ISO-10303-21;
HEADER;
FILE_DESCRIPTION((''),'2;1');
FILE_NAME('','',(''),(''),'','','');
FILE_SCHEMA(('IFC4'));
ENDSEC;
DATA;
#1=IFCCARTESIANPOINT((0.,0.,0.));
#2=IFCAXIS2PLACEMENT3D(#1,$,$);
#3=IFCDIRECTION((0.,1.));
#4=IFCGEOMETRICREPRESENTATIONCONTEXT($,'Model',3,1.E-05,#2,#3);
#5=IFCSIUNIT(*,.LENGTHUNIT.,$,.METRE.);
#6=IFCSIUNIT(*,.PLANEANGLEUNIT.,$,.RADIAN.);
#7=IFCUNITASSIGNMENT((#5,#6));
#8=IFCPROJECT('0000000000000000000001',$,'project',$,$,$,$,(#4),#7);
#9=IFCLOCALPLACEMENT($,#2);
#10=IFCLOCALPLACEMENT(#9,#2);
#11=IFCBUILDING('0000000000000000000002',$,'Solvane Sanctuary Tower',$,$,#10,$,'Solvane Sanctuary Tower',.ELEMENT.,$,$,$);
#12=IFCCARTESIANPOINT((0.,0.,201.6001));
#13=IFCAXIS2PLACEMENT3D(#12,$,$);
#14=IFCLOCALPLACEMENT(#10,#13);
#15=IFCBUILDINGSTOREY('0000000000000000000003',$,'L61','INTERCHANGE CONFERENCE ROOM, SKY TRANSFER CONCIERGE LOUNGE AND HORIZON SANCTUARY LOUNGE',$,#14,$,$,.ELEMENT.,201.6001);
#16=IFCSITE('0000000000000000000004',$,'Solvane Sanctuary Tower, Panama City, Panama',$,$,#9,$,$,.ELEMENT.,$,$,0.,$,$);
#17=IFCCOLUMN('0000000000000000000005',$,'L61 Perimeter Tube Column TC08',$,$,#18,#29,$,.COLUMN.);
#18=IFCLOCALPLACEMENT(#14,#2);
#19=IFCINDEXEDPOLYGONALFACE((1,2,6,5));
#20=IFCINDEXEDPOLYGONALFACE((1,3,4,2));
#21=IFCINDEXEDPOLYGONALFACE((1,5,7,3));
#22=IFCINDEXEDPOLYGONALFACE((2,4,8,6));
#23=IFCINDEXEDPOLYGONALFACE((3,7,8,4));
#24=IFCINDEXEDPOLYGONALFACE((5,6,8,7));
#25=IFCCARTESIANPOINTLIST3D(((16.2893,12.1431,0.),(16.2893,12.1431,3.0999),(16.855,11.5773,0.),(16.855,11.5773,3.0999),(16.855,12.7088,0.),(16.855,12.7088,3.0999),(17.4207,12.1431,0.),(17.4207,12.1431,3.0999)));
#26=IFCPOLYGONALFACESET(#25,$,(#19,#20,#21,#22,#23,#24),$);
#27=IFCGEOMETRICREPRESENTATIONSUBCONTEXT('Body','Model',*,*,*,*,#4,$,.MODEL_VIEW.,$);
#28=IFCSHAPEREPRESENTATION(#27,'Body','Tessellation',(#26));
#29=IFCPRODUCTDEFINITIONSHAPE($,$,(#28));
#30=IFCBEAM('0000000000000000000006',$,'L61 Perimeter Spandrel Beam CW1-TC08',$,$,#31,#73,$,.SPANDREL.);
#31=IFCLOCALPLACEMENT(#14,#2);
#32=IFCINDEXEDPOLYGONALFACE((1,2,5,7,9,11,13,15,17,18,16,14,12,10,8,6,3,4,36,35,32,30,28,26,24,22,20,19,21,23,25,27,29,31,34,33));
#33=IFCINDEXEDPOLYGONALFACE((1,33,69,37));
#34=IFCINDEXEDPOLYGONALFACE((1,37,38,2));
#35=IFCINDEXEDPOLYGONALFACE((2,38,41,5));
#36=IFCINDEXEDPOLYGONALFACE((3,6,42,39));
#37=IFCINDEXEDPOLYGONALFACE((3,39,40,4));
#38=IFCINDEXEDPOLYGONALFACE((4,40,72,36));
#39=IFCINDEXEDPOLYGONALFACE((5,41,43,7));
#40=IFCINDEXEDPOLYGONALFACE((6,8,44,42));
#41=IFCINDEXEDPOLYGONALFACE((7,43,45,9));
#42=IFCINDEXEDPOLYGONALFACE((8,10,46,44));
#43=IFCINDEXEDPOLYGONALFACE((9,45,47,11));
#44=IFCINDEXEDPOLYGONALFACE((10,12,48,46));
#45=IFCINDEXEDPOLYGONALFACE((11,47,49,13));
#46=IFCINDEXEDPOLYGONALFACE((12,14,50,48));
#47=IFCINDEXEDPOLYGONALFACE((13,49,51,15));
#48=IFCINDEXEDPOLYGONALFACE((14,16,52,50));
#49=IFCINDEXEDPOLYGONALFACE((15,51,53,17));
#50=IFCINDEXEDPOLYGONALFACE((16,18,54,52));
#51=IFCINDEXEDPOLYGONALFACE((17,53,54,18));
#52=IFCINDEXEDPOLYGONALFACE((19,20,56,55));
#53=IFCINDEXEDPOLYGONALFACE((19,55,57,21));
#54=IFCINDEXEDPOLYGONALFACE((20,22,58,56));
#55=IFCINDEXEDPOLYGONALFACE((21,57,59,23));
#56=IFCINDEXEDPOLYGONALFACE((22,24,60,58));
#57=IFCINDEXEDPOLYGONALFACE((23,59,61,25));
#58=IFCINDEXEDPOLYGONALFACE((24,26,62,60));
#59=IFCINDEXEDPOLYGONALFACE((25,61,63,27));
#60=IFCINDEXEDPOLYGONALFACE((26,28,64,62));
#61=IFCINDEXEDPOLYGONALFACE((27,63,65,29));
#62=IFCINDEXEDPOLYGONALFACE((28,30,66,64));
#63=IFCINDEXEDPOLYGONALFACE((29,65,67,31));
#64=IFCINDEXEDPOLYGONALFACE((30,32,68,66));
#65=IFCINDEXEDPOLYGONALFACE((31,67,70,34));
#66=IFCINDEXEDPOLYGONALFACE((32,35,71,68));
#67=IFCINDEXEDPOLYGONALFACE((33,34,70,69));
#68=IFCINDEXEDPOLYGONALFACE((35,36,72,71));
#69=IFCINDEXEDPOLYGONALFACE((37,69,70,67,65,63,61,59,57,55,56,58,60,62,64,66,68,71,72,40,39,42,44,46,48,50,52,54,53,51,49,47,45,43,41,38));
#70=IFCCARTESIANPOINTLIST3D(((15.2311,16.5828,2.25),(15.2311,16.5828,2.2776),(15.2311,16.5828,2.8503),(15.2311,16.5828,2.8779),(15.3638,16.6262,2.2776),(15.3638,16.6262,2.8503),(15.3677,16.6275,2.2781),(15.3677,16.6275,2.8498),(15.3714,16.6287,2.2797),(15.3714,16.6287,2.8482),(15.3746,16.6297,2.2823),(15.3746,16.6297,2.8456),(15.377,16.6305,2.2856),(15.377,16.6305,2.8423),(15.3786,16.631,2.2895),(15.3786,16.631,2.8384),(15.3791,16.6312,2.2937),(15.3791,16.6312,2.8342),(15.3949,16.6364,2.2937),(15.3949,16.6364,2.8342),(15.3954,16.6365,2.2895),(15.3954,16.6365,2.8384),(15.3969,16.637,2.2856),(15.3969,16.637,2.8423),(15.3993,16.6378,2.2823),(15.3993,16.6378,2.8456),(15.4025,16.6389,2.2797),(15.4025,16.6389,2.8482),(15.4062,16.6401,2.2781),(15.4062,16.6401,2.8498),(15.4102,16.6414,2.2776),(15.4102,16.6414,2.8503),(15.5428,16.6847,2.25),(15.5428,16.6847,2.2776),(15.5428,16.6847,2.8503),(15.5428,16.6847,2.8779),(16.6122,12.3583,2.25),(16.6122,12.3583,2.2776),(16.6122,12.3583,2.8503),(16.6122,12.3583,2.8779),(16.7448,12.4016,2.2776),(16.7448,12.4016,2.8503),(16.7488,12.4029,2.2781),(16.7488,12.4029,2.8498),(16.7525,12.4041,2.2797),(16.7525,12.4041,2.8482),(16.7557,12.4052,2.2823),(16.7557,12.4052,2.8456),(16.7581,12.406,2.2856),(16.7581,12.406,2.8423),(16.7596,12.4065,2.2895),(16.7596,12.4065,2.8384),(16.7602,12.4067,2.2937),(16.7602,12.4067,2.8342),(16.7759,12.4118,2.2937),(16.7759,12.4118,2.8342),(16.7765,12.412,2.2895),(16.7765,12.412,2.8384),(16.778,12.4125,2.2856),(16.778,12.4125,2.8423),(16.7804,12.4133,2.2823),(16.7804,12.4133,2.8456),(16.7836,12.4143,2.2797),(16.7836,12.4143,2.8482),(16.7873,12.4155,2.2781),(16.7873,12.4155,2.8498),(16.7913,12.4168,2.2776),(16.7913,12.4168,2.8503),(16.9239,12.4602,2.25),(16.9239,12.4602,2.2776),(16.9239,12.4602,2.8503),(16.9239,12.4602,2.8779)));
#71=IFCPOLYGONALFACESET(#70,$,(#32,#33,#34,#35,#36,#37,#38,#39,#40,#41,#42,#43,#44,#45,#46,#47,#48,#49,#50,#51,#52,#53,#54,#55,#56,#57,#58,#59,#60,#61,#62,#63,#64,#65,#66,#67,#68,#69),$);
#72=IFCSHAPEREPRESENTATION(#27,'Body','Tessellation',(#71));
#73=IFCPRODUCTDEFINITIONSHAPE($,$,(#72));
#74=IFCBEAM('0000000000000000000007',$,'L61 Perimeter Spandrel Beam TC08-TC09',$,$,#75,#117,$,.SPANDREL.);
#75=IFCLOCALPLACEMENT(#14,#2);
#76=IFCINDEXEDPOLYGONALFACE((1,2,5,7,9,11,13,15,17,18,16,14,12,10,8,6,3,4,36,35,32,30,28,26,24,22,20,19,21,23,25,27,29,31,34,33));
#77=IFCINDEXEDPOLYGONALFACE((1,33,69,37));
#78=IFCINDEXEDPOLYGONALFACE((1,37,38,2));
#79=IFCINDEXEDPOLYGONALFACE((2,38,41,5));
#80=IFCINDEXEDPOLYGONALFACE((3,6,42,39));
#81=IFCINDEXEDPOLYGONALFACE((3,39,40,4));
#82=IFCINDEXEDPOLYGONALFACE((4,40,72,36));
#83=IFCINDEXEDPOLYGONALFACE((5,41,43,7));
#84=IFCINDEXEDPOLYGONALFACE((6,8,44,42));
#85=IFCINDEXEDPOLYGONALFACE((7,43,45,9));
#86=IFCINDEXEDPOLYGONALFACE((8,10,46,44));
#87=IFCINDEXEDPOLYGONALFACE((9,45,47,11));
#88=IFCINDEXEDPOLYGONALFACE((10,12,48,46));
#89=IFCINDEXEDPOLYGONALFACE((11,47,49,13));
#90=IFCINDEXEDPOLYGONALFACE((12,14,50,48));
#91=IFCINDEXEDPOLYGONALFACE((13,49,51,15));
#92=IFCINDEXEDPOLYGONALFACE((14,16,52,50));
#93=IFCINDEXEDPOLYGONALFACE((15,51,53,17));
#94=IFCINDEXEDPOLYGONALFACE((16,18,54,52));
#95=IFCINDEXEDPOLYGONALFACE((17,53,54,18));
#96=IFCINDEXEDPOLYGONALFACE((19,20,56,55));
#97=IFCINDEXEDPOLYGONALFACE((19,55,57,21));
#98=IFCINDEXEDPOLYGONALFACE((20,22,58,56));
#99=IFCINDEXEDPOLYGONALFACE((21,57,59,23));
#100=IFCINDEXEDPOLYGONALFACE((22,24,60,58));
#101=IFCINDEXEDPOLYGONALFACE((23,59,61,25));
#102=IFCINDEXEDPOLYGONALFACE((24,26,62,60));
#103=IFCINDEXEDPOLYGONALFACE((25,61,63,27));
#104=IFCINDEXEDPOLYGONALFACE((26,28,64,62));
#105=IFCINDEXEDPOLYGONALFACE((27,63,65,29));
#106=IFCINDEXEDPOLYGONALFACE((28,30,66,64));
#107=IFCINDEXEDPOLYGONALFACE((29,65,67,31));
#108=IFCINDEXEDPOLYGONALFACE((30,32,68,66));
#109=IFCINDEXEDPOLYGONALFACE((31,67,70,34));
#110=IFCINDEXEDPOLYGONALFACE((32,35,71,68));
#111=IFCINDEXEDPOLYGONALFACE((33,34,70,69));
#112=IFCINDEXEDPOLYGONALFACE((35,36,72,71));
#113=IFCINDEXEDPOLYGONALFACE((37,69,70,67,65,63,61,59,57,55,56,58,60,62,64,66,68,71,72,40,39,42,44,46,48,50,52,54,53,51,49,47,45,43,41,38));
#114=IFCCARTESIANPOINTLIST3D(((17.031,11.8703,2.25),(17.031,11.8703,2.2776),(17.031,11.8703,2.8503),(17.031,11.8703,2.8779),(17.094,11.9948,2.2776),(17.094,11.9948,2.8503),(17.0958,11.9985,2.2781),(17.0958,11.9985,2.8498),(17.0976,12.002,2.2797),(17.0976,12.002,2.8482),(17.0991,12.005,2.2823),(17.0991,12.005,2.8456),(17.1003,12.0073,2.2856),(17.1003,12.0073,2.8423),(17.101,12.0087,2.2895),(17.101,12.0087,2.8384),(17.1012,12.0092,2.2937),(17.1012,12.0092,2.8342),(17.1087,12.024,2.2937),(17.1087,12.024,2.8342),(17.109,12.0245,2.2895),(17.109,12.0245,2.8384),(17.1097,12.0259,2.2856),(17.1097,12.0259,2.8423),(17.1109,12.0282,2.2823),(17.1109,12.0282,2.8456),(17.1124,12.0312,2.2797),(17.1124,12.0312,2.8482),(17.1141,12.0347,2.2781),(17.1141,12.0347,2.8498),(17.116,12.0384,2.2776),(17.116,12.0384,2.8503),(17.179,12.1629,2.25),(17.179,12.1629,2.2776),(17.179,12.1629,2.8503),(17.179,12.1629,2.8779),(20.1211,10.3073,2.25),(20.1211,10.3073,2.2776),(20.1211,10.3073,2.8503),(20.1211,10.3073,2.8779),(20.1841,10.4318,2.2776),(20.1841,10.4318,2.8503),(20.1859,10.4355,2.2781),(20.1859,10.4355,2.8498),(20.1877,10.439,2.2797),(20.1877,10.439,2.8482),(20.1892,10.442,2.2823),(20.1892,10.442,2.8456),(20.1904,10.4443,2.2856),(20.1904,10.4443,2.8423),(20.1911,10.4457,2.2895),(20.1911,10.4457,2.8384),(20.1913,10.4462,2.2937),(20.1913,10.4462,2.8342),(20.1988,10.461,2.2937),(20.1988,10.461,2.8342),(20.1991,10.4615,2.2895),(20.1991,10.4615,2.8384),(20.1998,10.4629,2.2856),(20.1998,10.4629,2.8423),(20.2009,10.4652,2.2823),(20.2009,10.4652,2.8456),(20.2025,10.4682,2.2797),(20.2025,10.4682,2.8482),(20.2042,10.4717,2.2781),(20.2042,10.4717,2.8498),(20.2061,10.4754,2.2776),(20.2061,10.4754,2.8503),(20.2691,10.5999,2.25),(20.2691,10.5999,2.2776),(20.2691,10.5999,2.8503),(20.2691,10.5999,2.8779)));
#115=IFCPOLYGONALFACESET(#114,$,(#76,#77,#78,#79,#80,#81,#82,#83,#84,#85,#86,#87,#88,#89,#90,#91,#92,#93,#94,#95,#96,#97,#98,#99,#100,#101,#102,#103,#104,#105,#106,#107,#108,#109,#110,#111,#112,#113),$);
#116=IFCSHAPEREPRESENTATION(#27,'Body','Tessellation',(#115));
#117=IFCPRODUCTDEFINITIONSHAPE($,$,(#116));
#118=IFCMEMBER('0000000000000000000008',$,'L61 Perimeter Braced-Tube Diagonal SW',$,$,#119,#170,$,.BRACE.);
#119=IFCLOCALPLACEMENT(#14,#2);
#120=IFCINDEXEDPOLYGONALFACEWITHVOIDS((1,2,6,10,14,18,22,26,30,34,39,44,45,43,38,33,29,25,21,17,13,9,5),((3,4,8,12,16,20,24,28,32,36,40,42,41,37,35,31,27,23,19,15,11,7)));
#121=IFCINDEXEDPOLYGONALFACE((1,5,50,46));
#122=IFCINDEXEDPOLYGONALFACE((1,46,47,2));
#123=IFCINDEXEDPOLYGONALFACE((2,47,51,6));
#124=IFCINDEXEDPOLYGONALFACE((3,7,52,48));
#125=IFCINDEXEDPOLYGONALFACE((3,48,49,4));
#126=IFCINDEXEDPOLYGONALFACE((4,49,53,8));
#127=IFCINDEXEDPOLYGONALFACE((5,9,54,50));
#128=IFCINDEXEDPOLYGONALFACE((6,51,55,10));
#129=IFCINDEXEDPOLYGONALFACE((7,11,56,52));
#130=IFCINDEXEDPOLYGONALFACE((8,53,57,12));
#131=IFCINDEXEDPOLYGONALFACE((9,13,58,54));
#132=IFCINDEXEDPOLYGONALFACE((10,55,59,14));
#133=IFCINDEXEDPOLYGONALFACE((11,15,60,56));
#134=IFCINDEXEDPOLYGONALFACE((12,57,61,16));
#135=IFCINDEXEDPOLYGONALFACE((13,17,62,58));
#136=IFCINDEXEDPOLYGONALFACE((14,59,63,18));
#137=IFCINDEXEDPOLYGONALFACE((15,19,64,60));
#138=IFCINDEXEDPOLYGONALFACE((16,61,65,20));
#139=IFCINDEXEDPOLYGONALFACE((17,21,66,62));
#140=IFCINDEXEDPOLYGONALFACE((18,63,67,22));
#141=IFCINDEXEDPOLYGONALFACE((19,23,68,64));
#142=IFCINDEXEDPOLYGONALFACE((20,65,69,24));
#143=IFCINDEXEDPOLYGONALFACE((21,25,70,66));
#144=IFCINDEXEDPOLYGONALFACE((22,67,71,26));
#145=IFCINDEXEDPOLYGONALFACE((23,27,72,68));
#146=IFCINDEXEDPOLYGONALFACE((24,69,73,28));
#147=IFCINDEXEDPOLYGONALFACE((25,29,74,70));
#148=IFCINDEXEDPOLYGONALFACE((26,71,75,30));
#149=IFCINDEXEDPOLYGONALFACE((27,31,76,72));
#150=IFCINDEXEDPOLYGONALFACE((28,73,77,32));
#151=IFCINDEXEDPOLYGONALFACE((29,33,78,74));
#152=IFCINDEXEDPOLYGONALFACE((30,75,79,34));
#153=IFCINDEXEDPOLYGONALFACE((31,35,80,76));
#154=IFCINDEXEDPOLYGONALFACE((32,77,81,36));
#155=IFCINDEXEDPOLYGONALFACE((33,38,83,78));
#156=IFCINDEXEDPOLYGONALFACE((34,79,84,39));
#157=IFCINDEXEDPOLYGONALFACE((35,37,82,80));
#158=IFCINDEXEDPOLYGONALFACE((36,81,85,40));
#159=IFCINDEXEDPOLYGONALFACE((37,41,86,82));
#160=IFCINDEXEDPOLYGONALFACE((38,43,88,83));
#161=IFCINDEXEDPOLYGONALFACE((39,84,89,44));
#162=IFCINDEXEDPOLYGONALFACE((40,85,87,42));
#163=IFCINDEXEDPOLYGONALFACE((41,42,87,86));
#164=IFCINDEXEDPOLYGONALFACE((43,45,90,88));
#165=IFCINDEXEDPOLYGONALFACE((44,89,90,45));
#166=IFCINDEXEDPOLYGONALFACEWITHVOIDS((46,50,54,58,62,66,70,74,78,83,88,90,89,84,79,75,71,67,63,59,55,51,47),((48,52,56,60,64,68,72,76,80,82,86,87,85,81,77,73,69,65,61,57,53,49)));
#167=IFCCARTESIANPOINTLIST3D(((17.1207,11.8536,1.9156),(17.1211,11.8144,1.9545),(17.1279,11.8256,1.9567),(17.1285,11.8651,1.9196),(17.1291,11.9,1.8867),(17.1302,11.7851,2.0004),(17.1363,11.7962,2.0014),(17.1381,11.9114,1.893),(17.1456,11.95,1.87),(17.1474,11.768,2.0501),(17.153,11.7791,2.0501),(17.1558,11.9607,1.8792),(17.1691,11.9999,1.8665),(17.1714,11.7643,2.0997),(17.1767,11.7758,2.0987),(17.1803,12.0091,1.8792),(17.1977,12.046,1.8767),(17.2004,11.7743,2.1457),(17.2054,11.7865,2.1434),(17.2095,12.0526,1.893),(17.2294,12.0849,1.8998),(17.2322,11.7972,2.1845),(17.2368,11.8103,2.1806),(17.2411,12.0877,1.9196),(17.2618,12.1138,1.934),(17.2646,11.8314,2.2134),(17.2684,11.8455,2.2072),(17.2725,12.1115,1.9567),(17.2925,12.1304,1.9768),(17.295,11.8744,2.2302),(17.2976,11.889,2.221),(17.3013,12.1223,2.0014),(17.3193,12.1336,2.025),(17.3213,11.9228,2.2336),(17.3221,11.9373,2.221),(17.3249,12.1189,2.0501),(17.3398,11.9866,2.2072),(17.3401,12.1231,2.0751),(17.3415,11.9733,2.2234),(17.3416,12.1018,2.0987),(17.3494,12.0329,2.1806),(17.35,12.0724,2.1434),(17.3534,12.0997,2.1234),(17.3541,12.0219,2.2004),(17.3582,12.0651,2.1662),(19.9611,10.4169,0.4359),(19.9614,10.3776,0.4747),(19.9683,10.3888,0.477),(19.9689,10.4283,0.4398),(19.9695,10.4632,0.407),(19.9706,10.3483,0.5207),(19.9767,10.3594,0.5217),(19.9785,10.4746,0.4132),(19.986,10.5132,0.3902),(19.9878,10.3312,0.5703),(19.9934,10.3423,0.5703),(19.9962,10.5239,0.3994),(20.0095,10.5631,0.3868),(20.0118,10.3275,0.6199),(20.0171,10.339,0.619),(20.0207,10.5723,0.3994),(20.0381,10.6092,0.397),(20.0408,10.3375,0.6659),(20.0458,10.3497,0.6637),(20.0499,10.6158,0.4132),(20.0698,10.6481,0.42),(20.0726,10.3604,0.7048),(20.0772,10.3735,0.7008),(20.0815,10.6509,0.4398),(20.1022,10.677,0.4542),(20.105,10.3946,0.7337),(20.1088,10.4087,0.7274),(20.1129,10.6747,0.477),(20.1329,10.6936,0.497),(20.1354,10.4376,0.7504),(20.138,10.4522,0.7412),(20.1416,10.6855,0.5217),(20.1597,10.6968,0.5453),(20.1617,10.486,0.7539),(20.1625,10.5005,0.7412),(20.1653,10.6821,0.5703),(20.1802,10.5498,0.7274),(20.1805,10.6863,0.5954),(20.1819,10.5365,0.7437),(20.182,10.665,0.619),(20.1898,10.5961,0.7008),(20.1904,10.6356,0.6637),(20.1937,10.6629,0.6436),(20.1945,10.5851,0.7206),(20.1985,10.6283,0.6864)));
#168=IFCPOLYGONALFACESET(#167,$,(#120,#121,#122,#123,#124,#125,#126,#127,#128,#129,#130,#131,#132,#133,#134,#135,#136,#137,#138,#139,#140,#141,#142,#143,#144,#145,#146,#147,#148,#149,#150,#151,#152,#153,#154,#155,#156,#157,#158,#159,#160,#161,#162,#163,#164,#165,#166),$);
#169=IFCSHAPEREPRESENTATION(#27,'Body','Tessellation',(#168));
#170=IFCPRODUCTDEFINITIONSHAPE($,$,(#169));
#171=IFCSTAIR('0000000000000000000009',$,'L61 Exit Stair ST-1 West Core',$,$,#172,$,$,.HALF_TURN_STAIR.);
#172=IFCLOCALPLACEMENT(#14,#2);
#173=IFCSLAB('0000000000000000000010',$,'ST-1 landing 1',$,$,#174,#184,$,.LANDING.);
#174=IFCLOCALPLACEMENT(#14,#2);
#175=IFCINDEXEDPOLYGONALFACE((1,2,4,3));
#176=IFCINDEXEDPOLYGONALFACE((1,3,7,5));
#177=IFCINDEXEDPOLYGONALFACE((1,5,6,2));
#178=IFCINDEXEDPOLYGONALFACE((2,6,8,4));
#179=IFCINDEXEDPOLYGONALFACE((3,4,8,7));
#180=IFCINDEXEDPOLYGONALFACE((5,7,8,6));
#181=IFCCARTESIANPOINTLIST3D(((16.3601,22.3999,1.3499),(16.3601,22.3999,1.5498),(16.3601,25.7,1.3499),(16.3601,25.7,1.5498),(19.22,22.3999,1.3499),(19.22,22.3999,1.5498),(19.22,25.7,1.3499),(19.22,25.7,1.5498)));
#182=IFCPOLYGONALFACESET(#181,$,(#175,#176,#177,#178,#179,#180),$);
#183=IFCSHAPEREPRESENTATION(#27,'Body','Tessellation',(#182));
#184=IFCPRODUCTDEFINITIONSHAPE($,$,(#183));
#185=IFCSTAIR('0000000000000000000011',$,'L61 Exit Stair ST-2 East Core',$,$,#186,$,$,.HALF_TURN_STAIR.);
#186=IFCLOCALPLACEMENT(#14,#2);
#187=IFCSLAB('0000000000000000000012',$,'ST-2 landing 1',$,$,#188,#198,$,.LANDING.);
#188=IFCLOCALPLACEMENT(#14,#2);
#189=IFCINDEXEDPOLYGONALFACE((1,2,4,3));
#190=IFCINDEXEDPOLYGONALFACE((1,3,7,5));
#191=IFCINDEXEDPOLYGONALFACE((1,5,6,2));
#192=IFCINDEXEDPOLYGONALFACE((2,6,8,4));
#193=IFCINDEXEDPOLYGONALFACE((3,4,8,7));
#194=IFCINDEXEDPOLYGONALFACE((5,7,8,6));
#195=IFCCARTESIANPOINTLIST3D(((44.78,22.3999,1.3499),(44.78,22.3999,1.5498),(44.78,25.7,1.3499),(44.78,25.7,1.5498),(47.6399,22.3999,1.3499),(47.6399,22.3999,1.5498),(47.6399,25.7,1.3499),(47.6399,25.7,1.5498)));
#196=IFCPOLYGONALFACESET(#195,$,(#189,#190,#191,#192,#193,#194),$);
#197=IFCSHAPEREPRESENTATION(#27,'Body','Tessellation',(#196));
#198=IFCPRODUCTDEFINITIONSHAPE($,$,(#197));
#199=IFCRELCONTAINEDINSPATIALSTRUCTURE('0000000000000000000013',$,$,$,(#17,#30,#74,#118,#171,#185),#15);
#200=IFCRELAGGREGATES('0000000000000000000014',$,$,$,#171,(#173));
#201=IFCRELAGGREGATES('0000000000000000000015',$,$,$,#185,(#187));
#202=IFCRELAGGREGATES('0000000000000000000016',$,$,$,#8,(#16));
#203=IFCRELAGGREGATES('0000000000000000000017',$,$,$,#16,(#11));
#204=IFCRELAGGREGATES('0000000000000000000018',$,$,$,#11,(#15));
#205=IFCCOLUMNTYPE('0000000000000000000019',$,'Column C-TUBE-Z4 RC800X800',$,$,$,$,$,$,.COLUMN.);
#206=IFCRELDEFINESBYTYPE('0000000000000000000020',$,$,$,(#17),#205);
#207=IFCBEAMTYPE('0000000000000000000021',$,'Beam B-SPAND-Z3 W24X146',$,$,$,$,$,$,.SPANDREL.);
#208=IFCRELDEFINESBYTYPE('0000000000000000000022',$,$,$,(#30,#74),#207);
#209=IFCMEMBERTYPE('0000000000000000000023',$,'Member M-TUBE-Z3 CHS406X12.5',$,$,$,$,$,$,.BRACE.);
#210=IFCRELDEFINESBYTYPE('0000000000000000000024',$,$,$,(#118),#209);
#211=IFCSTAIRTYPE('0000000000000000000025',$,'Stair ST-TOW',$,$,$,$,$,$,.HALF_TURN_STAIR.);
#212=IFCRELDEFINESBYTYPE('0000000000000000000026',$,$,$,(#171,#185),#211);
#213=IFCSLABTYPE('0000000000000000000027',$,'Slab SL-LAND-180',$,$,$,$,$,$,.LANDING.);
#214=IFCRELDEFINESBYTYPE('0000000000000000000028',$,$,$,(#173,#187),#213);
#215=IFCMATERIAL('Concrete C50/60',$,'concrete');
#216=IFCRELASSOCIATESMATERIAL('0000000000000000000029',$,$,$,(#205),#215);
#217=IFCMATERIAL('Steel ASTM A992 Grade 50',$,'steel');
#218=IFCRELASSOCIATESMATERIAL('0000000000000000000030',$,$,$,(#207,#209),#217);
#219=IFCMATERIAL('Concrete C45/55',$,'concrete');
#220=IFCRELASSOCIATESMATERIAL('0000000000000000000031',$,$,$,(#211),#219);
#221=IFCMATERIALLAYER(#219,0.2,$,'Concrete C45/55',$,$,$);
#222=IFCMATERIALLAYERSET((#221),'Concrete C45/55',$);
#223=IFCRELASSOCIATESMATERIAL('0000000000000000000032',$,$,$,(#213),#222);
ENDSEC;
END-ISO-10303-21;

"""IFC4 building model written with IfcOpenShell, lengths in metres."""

from ifc_helpers import new_model, si_unit, direction, frame, origin, origin_2d, place, context, subcontext, project, spatial, polyline, rectangle, hollow_circle, i_section, outline, extrude, material, layer, layer_set, material_profile, profile_set, type_object, element, aggregate, save


model = new_model("IFC4")

# Units and contexts
model_context = context("Model", 3, precision=1e-05, world=origin(), true_north=direction((0.0, 1.0)))
body_context = subcontext(model_context, "Body", "Model", "MODEL_VIEW")
ifc_project = project(units=[si_unit("LENGTHUNIT", "METRE"), si_unit("PLANEANGLEUNIT", "RADIAN")], contexts=[model_context])

# Site, building, storey
site_placement = place(None, origin())
site = spatial("IfcSite", under=ifc_project, at=site_placement, Name="Solvane Sanctuary Tower, Panama City, Panama", CompositionType="ELEMENT", RefElevation=0.0)
building_placement = place(site_placement, origin())
building = spatial("IfcBuilding", under=site, at=building_placement, Name="Solvane Sanctuary Tower", LongName="Solvane Sanctuary Tower", CompositionType="ELEMENT")
storey_placement = place(building_placement, frame((0.0, 0.0, 201.6001)))
storey = spatial("IfcBuildingStorey", under=building, at=storey_placement, Name="L61", Description="INTERCHANGE CONFERENCE ROOM, SKY TRANSFER CONCIERGE LOUNGE AND HORIZON SANCTUARY LOUNGE", CompositionType="ELEMENT", Elevation=201.6001)

# Column
ifc_material_1 = material(Name="Concrete C50/60", Category="concrete")
ifc_material_profile_1 = material_profile(ifc_material_1, rectangle(XDim=0.8, YDim=0.8, at=origin_2d()), Name="RC800X800")
ifc_profile_set_1 = profile_set([ifc_material_profile_1], Name="Concrete C50/60")
column_type = type_object("IfcColumnType", Name="Column C-TUBE-Z4 RC800X800", PredefinedType="COLUMN", material=ifc_profile_set_1)
column_placement = place(storey_placement, frame((16.855, 12.1431, 0.0), z_axis=(0.0, 0.0, 1.0), x_axis=(-0.707107, -0.707107, 0.0)))
element("IfcColumn", 1, at=column_placement, inside=storey, type_object=column_type, Name="L61 Perimeter Tube Column TC08", PredefinedType="COLUMN", context=body_context, shape_type="SweptSolid", body=[
    extrude(rectangle(XDim=0.8, YDim=0.8, at=origin_2d()), origin(), (0.0, 0.0, 1.0), 3.0999),
])

# Beams
ifc_material_2 = material(Name="Steel ASTM A992 Grade 50", Category="steel")
ifc_material_profile_2 = material_profile(ifc_material_2, i_section(OverallWidth=0.3279, OverallDepth=0.6279, WebThickness=0.0166, FlangeThickness=0.0276, FilletRadius=0.0161, at=origin_2d()), Name="W24X146")
ifc_profile_set_2 = profile_set([ifc_material_profile_2], Name="Steel ASTM A992 Grade 50")
beam_type = type_object("IfcBeamType", Name="Beam B-SPAND-Z3 W24X146", PredefinedType="SPANDREL", material=ifc_profile_set_2)
beam_1_placement = place(storey_placement, frame((15.387, 16.6338, 2.564), z_axis=(0.310735, -0.950497, 0.0), x_axis=(0.950497, 0.310735, 0.0)))
element("IfcBeam", 2, at=beam_1_placement, inside=storey, type_object=beam_type, Name="L61 Perimeter Spandrel Beam CW1-TC08", PredefinedType="SPANDREL", context=body_context, shape_type="SweptSolid", body=[
    extrude(i_section(OverallWidth=0.3279, OverallDepth=0.6279, WebThickness=0.0166, FlangeThickness=0.0276, FilletRadius=0.0161, at=origin_2d()), origin(), (0.0, 0.0, 1.0), 4.4446),
])
beam_2_placement = place(storey_placement, frame((17.105, 12.0166, 2.564), z_axis=(0.892345, -0.451354, 0.0), x_axis=(0.451354, 0.892345, 0.0)))
element("IfcBeam", 3, at=beam_2_placement, inside=storey, type_object=beam_type, Name="L61 Perimeter Spandrel Beam TC08-TC09", PredefinedType="SPANDREL", context=body_context, shape_type="SweptSolid", body=[
    extrude(i_section(OverallWidth=0.3279, OverallDepth=0.6279, WebThickness=0.0166, FlangeThickness=0.0276, FilletRadius=0.0161, at=origin_2d()), origin(), (0.0, 0.0, 1.0), 3.4629),
])

# Member
ifc_material_profile_3 = material_profile(ifc_material_2, hollow_circle(Radius=0.2029, WallThickness=0.0125, at=origin_2d()), Name="CHS406X12.5")
ifc_profile_set_3 = profile_set([ifc_material_profile_3], Name="Steel ASTM A992 Grade 50")
member_type = type_object("IfcMemberType", Name="Member M-TUBE-Z3 CHS406X12.5", PredefinedType="BRACE", material=ifc_profile_set_3)
member_placement = place(storey_placement, frame((20.0793, 10.5122, 0.5703), z_axis=(-0.809168, 0.409314, 0.421555), x_axis=(-0.451381, -0.892331, 0.0)))
element("IfcMember", 4, at=member_placement, inside=storey, type_object=member_type, Name="L61 Perimeter Braced-Tube Diagonal SW", PredefinedType="BRACE", context=body_context, shape_type="SweptSolid", body=[
    extrude(hollow_circle(Radius=0.2029, WallThickness=0.0125, at=origin_2d()), origin(), (0.0, 0.0, 1.0), 3.5103),
])

# Stairs, slabs
ifc_material_3 = material(Name="Concrete C45/55", Category="concrete")
stair_type = type_object("IfcStairType", Name="Stair ST-TOW", PredefinedType="HALF_TURN_STAIR", material=ifc_material_3)
stair_1_placement = place(storey_placement, origin())
stair_1 = element("IfcStair", 5, at=stair_1_placement, inside=storey, type_object=stair_type, Name="L61 Exit Stair ST-1 West Core", PredefinedType="HALF_TURN_STAIR")
ifc_layer_1 = layer(ifc_material_3, 0.2, Name="Concrete C45/55")
ifc_layer_set_1 = layer_set([ifc_layer_1], Name="Concrete C45/55")
slab_type_1 = type_object("IfcSlabType", Name="Slab SL-LAND-180", PredefinedType="LANDING", material=ifc_layer_set_1)
slab_1_placement = place(storey_placement, frame((0.0, 0.0, 1.3499)))
slab_1 = element("IfcSlab", 6, at=slab_1_placement, type_object=slab_type_1, Name="ST-1 landing 1", PredefinedType="LANDING", context=body_context, shape_type="SweptSolid", body=[
    extrude(outline(polyline([(19.22, 22.3999), (19.22, 25.7), (16.3601, 25.7), (16.3601, 22.3999), (19.22, 22.3999)])), origin(), (0.0, 0.0, 1.0), 0.2),
])
aggregate(stair_1, [slab_1])
stair_2_placement = place(storey_placement, origin())
stair_2 = element("IfcStair", 7, at=stair_2_placement, inside=storey, type_object=stair_type, Name="L61 Exit Stair ST-2 East Core", PredefinedType="HALF_TURN_STAIR")
slab_2_placement = place(storey_placement, frame((0.0, 0.0, 1.3499)))
slab_2 = element("IfcSlab", 8, at=slab_2_placement, type_object=slab_type_1, Name="ST-2 landing 1", PredefinedType="LANDING", context=body_context, shape_type="SweptSolid", body=[
    extrude(outline(polyline([(47.6399, 22.3999), (47.6399, 25.7), (44.78, 25.7), (44.78, 22.3999), (47.6399, 22.3999)])), origin(), (0.0, 0.0, 1.0), 0.2),
])
aggregate(stair_2, [slab_2])

save(model, "model.ifc")
